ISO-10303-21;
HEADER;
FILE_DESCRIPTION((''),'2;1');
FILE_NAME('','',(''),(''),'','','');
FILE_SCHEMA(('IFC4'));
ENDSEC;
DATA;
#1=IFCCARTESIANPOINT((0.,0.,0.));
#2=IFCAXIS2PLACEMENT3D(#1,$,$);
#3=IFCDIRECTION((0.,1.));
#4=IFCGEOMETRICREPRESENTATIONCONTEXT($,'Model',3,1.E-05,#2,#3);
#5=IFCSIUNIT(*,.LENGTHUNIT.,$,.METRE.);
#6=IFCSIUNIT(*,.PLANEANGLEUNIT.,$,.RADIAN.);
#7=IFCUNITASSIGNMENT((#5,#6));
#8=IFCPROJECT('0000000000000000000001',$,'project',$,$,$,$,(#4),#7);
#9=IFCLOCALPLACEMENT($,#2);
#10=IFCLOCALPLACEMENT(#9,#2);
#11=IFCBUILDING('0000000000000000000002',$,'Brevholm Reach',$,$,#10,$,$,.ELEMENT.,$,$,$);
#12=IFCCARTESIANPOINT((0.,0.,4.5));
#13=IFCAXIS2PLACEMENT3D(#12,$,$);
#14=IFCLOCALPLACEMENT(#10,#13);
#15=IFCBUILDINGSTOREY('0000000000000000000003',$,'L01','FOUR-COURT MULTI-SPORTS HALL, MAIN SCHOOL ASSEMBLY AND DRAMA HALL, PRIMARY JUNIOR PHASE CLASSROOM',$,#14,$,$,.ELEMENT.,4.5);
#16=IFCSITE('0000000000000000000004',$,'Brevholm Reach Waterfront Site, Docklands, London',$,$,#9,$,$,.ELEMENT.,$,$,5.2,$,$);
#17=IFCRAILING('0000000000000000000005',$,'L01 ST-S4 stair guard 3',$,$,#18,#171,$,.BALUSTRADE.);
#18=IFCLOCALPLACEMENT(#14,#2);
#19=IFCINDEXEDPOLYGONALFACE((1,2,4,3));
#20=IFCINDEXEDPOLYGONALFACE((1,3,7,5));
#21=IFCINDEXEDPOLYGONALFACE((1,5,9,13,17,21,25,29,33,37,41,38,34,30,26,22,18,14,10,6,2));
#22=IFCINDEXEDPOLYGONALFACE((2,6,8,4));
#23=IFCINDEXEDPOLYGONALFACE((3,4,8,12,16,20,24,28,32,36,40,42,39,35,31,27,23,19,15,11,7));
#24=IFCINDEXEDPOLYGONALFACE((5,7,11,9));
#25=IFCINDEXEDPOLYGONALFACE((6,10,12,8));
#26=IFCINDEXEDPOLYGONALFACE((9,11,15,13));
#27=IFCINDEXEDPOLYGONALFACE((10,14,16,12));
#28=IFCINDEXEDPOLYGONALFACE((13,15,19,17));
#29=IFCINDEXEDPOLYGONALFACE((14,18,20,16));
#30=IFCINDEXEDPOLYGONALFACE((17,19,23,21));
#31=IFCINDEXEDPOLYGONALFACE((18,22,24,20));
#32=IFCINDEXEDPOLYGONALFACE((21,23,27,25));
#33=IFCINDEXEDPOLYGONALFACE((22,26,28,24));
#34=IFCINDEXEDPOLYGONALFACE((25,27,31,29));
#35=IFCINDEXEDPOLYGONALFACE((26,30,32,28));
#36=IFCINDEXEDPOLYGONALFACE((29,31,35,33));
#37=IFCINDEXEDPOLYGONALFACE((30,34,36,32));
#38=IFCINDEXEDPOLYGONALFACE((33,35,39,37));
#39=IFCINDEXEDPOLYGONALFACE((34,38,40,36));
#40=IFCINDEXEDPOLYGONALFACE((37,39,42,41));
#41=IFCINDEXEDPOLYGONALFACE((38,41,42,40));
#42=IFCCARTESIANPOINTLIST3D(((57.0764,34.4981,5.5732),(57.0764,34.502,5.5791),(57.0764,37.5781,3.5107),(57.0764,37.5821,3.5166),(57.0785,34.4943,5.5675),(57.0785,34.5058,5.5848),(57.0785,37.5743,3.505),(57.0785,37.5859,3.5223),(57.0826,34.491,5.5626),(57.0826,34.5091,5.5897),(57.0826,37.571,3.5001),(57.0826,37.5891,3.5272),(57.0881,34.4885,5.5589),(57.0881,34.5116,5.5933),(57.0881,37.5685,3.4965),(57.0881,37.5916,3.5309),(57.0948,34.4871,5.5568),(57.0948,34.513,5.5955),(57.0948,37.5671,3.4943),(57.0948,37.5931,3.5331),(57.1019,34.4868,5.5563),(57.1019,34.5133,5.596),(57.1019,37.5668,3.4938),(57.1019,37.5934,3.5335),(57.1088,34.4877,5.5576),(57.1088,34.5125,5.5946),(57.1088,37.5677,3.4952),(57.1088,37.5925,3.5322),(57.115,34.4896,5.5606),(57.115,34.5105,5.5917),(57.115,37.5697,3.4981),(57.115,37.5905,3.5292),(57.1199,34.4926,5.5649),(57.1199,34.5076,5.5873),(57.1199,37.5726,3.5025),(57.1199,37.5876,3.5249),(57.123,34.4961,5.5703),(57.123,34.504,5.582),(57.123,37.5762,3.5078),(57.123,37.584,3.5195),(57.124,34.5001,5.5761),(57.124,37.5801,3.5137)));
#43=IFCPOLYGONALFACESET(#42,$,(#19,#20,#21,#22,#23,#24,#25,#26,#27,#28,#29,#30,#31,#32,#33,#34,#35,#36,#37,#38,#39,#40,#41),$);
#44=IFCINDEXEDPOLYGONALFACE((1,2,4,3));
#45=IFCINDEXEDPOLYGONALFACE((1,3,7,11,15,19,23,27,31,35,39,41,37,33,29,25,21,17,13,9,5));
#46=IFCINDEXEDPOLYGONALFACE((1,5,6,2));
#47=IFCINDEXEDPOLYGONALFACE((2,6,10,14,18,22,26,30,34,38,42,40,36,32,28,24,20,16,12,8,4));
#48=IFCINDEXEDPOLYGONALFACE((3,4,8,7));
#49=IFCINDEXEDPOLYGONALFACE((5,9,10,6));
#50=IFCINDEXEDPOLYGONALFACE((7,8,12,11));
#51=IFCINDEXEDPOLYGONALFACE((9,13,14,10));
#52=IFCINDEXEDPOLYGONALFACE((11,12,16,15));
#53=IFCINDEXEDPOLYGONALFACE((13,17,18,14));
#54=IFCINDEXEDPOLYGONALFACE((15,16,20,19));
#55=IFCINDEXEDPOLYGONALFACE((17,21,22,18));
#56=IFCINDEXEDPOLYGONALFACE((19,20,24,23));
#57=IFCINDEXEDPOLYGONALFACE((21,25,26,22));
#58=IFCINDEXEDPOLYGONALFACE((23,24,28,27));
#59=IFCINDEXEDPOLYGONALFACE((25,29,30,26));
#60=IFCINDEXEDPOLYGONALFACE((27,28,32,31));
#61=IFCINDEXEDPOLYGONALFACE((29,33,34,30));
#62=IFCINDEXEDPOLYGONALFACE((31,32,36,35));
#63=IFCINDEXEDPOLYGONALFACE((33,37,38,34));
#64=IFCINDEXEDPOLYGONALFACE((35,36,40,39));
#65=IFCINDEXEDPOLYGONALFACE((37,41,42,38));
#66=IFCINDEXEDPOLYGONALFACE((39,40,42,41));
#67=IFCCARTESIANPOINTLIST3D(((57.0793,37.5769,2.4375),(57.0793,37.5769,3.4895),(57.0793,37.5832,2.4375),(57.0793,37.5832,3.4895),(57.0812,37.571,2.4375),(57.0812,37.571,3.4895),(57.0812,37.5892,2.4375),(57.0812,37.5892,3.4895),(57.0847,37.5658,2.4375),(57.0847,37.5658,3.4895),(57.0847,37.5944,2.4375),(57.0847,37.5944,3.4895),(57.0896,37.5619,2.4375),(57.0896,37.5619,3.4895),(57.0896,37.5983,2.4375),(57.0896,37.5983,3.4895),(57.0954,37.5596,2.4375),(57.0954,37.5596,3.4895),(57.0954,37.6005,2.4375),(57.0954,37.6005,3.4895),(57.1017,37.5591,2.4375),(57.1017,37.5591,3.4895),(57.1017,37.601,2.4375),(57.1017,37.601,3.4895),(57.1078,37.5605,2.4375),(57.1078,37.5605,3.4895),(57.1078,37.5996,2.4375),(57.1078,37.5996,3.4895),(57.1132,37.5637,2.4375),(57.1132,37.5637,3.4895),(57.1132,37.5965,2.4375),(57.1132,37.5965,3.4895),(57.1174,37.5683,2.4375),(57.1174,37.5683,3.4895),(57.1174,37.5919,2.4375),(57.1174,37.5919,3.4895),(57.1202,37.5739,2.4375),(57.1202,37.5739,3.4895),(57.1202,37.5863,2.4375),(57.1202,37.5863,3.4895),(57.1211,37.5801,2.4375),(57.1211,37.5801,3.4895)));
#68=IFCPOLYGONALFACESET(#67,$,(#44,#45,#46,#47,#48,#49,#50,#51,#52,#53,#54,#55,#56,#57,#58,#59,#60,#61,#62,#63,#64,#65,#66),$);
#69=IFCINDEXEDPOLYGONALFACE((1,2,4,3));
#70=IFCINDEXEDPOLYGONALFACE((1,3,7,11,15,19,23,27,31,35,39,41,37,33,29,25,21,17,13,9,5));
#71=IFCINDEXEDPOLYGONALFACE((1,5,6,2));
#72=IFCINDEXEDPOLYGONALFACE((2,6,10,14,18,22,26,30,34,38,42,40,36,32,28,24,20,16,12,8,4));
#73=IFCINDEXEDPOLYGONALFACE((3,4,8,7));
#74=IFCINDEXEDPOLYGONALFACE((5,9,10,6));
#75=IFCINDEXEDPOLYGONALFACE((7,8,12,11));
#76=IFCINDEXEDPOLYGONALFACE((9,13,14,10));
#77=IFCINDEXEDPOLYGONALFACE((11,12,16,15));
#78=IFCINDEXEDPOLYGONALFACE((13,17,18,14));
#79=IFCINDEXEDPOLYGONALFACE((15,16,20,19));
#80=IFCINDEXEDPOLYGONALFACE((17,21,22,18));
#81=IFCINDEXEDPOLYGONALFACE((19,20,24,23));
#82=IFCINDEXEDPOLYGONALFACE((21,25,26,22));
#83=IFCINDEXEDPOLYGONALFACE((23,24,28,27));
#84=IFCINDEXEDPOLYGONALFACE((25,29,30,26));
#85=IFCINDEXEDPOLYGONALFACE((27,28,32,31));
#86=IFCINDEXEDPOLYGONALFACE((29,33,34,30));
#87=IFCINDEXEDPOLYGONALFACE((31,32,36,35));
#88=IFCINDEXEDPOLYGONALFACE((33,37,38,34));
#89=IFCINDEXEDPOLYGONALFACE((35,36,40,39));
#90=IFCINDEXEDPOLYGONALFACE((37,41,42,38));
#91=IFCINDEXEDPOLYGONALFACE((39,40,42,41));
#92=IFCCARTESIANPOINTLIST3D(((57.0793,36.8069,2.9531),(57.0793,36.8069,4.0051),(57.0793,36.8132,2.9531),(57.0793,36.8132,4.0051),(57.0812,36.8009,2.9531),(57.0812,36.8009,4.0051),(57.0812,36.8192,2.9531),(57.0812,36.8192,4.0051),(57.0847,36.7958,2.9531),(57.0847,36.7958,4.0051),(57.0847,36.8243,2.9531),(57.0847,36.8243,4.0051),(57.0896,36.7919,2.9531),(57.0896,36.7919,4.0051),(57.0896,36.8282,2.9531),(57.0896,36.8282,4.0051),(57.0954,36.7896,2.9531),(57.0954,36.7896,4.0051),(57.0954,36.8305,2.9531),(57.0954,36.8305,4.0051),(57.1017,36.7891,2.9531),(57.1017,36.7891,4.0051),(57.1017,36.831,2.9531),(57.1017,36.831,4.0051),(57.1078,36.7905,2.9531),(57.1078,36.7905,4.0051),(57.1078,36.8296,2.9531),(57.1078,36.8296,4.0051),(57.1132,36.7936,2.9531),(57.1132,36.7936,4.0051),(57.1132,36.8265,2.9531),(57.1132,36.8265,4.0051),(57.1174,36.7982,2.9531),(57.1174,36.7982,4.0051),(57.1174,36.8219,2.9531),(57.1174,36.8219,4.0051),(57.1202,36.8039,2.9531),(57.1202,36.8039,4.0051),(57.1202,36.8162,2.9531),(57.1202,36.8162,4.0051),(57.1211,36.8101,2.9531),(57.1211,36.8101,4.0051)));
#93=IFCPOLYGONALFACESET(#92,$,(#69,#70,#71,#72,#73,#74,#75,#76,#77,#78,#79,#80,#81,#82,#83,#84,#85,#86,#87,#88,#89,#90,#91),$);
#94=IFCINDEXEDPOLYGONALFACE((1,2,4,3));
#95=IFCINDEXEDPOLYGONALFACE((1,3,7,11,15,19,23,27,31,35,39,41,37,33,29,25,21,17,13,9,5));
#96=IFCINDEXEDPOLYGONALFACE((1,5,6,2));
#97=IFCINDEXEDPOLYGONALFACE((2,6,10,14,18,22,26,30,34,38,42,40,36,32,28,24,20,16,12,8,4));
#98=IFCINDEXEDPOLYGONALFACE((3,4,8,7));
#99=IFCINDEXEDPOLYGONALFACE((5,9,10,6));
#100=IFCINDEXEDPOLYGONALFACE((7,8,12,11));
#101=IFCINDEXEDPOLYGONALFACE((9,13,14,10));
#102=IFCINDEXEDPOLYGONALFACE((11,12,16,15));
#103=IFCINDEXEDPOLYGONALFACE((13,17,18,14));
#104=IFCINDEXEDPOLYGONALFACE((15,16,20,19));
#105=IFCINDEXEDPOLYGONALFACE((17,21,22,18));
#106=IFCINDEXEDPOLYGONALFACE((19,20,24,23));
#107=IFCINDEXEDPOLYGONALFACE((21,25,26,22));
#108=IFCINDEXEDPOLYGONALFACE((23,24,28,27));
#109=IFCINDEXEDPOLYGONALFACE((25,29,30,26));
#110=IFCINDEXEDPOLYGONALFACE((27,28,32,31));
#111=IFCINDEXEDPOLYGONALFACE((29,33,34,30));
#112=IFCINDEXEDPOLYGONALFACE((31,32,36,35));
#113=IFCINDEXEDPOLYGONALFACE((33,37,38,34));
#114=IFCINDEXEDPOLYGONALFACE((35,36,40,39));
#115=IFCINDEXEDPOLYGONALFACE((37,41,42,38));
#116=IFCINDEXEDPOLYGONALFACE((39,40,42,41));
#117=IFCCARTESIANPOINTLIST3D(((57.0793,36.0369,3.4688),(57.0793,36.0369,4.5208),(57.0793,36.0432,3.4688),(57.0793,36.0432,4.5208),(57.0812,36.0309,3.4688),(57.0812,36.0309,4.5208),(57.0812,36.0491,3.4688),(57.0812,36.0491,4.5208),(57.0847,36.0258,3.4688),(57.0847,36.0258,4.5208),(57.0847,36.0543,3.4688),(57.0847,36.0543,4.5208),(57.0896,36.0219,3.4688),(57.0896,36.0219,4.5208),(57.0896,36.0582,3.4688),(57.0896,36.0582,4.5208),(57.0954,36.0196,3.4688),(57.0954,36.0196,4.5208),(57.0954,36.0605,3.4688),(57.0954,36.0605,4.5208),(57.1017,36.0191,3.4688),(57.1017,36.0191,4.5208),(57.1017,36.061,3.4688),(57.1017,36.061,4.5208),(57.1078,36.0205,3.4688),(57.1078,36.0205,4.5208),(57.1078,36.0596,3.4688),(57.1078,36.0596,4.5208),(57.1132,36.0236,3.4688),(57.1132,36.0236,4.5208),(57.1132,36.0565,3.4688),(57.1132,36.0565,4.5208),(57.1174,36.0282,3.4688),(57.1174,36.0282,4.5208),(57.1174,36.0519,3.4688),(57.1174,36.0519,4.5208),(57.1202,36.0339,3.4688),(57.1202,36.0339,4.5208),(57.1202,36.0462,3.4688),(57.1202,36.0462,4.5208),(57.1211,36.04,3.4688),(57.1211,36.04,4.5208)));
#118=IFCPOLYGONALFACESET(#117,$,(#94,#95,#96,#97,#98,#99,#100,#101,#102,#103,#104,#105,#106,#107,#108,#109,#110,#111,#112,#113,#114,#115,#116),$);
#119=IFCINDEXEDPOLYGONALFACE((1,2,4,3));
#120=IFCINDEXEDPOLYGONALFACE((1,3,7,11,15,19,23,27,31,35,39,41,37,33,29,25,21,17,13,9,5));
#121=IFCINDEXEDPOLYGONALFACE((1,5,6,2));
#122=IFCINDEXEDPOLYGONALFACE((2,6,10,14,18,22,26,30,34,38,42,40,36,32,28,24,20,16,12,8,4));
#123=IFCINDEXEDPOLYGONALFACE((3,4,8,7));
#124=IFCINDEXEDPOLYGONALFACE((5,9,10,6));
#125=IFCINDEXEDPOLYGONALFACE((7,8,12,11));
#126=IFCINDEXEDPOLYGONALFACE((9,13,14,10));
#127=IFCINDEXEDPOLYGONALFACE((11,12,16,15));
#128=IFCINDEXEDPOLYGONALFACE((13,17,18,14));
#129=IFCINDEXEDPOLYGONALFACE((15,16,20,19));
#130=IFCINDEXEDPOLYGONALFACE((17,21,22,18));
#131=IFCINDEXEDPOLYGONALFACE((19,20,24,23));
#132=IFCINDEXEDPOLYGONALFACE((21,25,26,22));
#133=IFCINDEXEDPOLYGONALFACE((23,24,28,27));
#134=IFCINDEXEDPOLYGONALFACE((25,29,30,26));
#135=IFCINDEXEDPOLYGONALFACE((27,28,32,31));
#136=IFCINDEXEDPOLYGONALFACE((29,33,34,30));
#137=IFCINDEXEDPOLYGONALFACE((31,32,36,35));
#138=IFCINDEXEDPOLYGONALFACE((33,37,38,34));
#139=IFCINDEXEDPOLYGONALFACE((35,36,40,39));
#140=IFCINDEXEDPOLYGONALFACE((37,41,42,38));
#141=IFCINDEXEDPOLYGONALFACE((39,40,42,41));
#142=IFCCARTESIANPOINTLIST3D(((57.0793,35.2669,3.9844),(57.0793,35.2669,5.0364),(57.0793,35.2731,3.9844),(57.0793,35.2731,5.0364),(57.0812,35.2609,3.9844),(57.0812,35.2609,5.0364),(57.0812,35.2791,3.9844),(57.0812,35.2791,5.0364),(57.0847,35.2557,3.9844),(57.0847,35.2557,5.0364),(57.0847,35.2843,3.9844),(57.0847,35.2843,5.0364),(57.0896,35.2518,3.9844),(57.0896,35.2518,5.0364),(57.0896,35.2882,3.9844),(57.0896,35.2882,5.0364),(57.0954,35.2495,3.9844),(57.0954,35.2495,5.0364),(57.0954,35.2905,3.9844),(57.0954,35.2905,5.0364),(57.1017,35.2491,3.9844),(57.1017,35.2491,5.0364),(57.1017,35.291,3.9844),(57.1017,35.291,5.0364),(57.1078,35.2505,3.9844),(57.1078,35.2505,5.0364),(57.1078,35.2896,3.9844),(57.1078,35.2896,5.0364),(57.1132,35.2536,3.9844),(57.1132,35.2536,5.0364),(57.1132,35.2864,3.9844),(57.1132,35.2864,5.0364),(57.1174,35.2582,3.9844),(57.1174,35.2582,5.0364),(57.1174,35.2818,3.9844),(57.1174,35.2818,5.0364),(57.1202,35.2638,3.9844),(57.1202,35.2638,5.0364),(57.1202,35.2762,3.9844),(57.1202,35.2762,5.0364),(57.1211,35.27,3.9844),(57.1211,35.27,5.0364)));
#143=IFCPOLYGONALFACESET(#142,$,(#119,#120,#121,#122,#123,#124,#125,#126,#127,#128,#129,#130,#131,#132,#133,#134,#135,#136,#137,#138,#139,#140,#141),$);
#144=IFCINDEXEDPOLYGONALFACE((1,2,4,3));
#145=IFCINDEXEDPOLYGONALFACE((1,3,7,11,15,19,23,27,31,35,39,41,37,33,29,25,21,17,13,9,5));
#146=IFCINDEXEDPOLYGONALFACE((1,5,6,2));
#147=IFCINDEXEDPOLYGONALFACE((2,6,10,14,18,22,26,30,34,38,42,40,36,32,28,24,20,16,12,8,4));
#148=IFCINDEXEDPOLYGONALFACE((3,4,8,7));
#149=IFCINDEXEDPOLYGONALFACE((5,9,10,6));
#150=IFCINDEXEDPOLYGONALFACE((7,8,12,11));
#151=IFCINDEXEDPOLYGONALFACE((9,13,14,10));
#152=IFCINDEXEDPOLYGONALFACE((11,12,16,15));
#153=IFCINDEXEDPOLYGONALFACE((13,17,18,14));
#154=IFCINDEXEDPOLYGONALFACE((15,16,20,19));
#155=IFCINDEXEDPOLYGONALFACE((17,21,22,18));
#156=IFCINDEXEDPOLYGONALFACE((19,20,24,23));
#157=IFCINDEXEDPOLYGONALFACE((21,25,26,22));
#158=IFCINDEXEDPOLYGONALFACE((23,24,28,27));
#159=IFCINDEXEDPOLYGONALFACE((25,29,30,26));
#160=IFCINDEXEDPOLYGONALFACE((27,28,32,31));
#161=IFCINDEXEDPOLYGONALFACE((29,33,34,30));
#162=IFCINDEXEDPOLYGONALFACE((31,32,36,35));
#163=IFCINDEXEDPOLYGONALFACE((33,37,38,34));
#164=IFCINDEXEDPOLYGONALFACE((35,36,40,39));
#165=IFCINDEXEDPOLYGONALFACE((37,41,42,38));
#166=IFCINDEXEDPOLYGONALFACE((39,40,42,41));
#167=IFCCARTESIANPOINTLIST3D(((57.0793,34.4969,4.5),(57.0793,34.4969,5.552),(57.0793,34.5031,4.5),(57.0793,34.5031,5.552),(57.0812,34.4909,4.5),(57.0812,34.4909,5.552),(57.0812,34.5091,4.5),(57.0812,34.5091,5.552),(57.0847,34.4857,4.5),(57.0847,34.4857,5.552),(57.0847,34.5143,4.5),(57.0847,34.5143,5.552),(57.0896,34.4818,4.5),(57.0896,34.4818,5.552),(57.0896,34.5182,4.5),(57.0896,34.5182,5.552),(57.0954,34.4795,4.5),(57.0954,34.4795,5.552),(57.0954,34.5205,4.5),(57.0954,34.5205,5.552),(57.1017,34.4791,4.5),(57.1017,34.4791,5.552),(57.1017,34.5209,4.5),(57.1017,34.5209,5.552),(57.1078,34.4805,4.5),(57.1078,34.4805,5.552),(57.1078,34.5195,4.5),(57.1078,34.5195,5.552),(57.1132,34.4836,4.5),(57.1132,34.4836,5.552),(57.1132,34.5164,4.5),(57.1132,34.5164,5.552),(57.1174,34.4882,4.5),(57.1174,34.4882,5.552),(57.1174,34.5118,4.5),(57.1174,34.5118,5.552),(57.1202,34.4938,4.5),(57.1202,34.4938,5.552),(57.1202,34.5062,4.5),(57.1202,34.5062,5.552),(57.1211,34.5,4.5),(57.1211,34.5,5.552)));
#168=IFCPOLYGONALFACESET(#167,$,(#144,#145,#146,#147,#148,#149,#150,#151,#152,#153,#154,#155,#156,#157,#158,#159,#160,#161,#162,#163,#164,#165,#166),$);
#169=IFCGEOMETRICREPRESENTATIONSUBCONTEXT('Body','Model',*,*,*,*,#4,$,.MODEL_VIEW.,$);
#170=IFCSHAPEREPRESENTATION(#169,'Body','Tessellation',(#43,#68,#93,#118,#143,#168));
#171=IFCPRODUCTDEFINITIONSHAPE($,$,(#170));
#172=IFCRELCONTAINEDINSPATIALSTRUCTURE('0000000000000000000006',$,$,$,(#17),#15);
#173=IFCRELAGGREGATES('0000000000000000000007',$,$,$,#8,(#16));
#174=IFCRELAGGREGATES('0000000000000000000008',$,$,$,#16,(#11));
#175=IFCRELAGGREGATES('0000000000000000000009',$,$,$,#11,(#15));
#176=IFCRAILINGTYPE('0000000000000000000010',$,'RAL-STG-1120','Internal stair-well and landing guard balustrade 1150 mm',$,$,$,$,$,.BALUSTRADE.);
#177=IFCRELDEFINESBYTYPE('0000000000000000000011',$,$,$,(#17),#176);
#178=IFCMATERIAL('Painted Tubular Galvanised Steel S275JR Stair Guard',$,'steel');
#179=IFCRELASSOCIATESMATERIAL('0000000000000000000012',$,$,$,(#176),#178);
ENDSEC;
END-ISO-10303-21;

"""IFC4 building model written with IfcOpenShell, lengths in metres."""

from ifc_helpers import new_model, si_unit, direction, frame, origin, origin_2d, place, context, subcontext, project, spatial, circle, extrude, material, type_object, element, save


model = new_model("IFC4")

# Units and contexts
model_context = context("Model", 3, precision=1e-05, world=origin(), true_north=direction((0.0, 1.0)))
body_context = subcontext(model_context, "Body", "Model", "MODEL_VIEW")
ifc_project = project(units=[si_unit("LENGTHUNIT", "METRE"), si_unit("PLANEANGLEUNIT", "RADIAN")], contexts=[model_context])

# Site, building, storey
site_placement = place(None, origin())
site = spatial("IfcSite", under=ifc_project, at=site_placement, Name="Brevholm Reach Waterfront Site, Docklands, London", CompositionType="ELEMENT", RefElevation=5.2)
building_placement = place(site_placement, origin())
building = spatial("IfcBuilding", under=site, at=building_placement, Name="Brevholm Reach", CompositionType="ELEMENT")
storey_placement = place(building_placement, frame((0.0, 0.0, 4.5)))
storey = spatial("IfcBuildingStorey", under=building, at=storey_placement, Name="L01", Description="FOUR-COURT MULTI-SPORTS HALL, MAIN SCHOOL ASSEMBLY AND DRAMA HALL, PRIMARY JUNIOR PHASE CLASSROOM", CompositionType="ELEMENT", Elevation=4.5)

# Railing
ifc_material_1 = material(Name="Painted Tubular Galvanised Steel S275JR Stair Guard", Category="steel")
railing_type_1 = type_object("IfcRailingType", Name="RAL-STG-1120", Description="Internal stair-well and landing guard balustrade 1150 mm", PredefinedType="BALUSTRADE", material=ifc_material_1)
railing_1_placement = place(storey_placement, frame((57.1001, 37.5801, 2.4375)))
element("IfcRailing", 1, at=railing_1_placement, inside=storey, type_object=railing_type_1, Name="L01 ST-S4 stair guard 3", PredefinedType="BALUSTRADE", context=body_context, shape_type="SweptSolid", body=[
    extrude(circle(Radius=0.0239, at=origin_2d()), frame((0.0, 0.0, 1.0762), z_axis=(0.0, -0.830914, 0.556401), x_axis=(1.0, 0.0, 0.0)), (0.0, 0.0, 1.0), 3.7068),
    extrude(circle(Radius=0.021, at=origin_2d()), origin(), (0.0, 0.0, 1.0), 1.052),
    extrude(circle(Radius=0.021, at=origin_2d()), frame((0.0, -0.77, 0.5156)), (0.0, 0.0, 1.0), 1.052),
    extrude(circle(Radius=0.021, at=origin_2d()), frame((0.0, -1.54, 1.0312)), (0.0, 0.0, 1.0), 1.052),
    extrude(circle(Radius=0.021, at=origin_2d()), frame((0.0, -2.3101, 1.5469)), (0.0, 0.0, 1.0), 1.052),
    extrude(circle(Radius=0.021, at=origin_2d()), frame((0.0, -3.0801, 2.0625)), (0.0, 0.0, 1.0), 1.052),
])

save(model, "model.ifc")
